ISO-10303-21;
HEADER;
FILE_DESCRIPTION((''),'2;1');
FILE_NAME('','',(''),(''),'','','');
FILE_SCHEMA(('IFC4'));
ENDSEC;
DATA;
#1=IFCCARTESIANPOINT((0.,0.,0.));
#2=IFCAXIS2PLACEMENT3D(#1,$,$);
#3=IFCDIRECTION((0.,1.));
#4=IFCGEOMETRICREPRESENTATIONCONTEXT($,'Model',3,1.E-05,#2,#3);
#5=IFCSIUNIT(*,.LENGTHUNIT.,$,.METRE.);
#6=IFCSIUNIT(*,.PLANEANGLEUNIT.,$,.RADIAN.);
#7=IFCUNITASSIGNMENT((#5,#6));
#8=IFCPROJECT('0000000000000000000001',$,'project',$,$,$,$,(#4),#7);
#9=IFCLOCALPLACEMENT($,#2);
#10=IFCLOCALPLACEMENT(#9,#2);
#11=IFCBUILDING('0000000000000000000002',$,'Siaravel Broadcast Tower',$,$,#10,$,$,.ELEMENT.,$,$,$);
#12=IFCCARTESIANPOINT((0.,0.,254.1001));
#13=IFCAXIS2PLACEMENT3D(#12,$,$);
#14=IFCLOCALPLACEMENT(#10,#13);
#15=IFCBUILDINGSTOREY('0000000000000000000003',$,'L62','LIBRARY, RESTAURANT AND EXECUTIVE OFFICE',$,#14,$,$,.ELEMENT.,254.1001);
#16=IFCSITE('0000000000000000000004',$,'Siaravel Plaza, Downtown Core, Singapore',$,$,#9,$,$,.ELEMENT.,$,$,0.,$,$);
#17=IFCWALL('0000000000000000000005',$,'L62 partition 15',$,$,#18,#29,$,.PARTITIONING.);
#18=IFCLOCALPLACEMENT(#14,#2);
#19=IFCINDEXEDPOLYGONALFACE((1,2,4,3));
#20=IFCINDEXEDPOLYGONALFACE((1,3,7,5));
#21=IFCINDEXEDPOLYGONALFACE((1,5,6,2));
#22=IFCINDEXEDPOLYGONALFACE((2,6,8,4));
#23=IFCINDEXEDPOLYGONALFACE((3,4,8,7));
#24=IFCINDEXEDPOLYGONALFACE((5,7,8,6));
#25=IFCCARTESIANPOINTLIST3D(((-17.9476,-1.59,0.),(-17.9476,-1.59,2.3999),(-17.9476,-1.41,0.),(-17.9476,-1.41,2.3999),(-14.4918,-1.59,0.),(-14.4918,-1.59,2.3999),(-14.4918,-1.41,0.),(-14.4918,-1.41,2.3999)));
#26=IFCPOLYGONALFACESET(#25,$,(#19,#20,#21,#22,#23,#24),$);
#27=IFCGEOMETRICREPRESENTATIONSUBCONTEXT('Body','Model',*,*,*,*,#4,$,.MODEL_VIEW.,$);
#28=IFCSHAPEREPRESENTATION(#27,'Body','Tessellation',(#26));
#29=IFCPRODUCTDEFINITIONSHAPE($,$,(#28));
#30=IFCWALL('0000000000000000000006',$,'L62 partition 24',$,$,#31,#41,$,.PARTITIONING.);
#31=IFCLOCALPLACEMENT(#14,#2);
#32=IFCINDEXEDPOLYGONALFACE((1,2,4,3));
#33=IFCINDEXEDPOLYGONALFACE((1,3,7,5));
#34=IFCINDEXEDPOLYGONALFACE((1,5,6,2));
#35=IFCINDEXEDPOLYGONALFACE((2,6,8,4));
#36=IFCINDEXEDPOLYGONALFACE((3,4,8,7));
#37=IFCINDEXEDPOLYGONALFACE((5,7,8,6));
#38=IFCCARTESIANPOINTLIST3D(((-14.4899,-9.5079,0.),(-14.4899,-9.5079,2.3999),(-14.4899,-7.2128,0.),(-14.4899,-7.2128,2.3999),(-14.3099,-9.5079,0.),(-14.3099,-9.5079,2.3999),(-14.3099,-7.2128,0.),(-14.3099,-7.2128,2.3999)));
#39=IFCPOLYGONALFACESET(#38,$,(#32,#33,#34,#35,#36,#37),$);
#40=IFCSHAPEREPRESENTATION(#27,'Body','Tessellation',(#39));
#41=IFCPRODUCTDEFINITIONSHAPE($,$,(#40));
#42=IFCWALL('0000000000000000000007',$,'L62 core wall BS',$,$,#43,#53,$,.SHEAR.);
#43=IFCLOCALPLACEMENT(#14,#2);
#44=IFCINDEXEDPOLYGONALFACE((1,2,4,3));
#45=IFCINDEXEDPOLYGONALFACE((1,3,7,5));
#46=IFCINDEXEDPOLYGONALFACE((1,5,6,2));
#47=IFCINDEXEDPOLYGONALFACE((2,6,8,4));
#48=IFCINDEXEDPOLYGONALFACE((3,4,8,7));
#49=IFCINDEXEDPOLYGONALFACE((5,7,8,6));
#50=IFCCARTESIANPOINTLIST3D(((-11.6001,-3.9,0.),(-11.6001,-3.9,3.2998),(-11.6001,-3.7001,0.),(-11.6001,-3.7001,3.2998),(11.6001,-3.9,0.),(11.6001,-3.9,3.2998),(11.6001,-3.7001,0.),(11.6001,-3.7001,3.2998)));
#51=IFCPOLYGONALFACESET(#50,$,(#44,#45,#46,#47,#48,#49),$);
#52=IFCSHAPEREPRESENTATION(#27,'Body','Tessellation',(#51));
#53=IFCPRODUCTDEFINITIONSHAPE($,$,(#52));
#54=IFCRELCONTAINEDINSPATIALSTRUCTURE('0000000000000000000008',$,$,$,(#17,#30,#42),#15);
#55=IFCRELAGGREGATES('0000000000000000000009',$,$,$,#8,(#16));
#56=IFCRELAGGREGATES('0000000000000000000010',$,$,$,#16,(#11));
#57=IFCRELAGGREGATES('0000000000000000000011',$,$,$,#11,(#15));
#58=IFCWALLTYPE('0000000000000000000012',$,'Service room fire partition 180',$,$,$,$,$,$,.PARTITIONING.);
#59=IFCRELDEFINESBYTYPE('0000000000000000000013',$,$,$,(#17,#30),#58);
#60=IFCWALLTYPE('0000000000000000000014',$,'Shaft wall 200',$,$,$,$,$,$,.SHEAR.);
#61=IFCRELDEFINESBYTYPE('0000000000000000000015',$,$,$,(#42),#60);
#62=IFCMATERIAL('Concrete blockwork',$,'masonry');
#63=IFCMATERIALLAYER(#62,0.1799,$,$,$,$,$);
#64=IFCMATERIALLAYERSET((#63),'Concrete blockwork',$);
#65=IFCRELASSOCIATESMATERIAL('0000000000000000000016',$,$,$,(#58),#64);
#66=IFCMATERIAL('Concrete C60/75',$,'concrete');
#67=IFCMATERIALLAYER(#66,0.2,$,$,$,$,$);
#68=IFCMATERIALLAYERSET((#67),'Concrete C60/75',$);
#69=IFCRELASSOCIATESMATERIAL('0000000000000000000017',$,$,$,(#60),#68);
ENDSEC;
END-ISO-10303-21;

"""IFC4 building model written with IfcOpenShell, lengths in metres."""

from ifc_helpers import new_model, si_unit, direction, frame, frame_2d, origin, place, context, subcontext, project, spatial, rectangle, extrude, material, layer, layer_set, type_object, element, save


model = new_model("IFC4")

# Units and contexts
model_context = context("Model", 3, precision=1e-05, world=origin(), true_north=direction((0.0, 1.0)))
body_context = subcontext(model_context, "Body", "Model", "MODEL_VIEW")
ifc_project = project(units=[si_unit("LENGTHUNIT", "METRE"), si_unit("PLANEANGLEUNIT", "RADIAN")], contexts=[model_context])

# Site, building, storey
site_placement = place(None, origin())
site = spatial("IfcSite", under=ifc_project, at=site_placement, Name="Siaravel Plaza, Downtown Core, Singapore", CompositionType="ELEMENT", RefElevation=0.0)
building_placement = place(site_placement, origin())
building = spatial("IfcBuilding", under=site, at=building_placement, Name="Siaravel Broadcast Tower", CompositionType="ELEMENT")
storey_placement = place(building_placement, frame((0.0, 0.0, 254.1001)))
storey = spatial("IfcBuildingStorey", under=building, at=storey_placement, Name="L62", Description="LIBRARY, RESTAURANT AND EXECUTIVE OFFICE", CompositionType="ELEMENT", Elevation=254.1001)

# Shared definitions
ifc_material_1 = material(Name="Concrete C60/75", Category="concrete")

# Shared definitions
ifc_material_2 = material(Name="Concrete blockwork", Category="masonry")
ifc_layer_1 = layer(ifc_material_2, 0.1799)
ifc_layer_set_1 = layer_set([ifc_layer_1], Name="Concrete blockwork")
wall_type_1 = type_object("IfcWallType", Name="Service room fire partition 180", PredefinedType="PARTITIONING", material=ifc_layer_set_1)

# Walls
wall_1_placement = place(storey_placement, frame((-17.9478, -1.5, 0.0), z_axis=(0.0, 0.0, 1.0), x_axis=(1.0, 0.0, 0.0)))
element("IfcWall", 1, at=wall_1_placement, inside=storey, type_object=wall_type_1, Name="L62 partition 15", PredefinedType="PARTITIONING", context=body_context, shape_type="SweptSolid", body=[
    extrude(rectangle(XDim=3.4558, YDim=0.1799, at=frame_2d((1.728, 0.0))), origin(), (0.0, 0.0, 1.0), 2.3999),
])
wall_2_placement = place(storey_placement, frame((-14.3999, -7.2129, 0.0), z_axis=(0.0, 0.0, 1.0), x_axis=(0.0, -1.0, 0.0)))
element("IfcWall", 2, at=wall_2_placement, inside=storey, type_object=wall_type_1, Name="L62 partition 24", PredefinedType="PARTITIONING", context=body_context, shape_type="SweptSolid", body=[
    extrude(rectangle(XDim=2.2952, YDim=0.1799, at=frame_2d((1.1475, 0.0))), origin(), (0.0, 0.0, 1.0), 2.3999),
])
ifc_layer_2 = layer(ifc_material_1, 0.2)
ifc_layer_set_2 = layer_set([ifc_layer_2], Name="Concrete C60/75")
wall_type_2 = type_object("IfcWallType", Name="Shaft wall 200", PredefinedType="SHEAR", material=ifc_layer_set_2)
wall_3_placement = place(storey_placement, frame((-11.6001, -3.8, 0.0), z_axis=(0.0, 0.0, 1.0), x_axis=(1.0, 0.0, 0.0)))
element("IfcWall", 3, at=wall_3_placement, inside=storey, type_object=wall_type_2, Name="L62 core wall BS", PredefinedType="SHEAR", context=body_context, shape_type="SweptSolid", body=[
    extrude(rectangle(XDim=23.2002, YDim=0.2, at=frame_2d((11.6001, 0.0))), origin(), (0.0, 0.0, 1.0), 3.2998),
])

save(model, "model.ifc")
